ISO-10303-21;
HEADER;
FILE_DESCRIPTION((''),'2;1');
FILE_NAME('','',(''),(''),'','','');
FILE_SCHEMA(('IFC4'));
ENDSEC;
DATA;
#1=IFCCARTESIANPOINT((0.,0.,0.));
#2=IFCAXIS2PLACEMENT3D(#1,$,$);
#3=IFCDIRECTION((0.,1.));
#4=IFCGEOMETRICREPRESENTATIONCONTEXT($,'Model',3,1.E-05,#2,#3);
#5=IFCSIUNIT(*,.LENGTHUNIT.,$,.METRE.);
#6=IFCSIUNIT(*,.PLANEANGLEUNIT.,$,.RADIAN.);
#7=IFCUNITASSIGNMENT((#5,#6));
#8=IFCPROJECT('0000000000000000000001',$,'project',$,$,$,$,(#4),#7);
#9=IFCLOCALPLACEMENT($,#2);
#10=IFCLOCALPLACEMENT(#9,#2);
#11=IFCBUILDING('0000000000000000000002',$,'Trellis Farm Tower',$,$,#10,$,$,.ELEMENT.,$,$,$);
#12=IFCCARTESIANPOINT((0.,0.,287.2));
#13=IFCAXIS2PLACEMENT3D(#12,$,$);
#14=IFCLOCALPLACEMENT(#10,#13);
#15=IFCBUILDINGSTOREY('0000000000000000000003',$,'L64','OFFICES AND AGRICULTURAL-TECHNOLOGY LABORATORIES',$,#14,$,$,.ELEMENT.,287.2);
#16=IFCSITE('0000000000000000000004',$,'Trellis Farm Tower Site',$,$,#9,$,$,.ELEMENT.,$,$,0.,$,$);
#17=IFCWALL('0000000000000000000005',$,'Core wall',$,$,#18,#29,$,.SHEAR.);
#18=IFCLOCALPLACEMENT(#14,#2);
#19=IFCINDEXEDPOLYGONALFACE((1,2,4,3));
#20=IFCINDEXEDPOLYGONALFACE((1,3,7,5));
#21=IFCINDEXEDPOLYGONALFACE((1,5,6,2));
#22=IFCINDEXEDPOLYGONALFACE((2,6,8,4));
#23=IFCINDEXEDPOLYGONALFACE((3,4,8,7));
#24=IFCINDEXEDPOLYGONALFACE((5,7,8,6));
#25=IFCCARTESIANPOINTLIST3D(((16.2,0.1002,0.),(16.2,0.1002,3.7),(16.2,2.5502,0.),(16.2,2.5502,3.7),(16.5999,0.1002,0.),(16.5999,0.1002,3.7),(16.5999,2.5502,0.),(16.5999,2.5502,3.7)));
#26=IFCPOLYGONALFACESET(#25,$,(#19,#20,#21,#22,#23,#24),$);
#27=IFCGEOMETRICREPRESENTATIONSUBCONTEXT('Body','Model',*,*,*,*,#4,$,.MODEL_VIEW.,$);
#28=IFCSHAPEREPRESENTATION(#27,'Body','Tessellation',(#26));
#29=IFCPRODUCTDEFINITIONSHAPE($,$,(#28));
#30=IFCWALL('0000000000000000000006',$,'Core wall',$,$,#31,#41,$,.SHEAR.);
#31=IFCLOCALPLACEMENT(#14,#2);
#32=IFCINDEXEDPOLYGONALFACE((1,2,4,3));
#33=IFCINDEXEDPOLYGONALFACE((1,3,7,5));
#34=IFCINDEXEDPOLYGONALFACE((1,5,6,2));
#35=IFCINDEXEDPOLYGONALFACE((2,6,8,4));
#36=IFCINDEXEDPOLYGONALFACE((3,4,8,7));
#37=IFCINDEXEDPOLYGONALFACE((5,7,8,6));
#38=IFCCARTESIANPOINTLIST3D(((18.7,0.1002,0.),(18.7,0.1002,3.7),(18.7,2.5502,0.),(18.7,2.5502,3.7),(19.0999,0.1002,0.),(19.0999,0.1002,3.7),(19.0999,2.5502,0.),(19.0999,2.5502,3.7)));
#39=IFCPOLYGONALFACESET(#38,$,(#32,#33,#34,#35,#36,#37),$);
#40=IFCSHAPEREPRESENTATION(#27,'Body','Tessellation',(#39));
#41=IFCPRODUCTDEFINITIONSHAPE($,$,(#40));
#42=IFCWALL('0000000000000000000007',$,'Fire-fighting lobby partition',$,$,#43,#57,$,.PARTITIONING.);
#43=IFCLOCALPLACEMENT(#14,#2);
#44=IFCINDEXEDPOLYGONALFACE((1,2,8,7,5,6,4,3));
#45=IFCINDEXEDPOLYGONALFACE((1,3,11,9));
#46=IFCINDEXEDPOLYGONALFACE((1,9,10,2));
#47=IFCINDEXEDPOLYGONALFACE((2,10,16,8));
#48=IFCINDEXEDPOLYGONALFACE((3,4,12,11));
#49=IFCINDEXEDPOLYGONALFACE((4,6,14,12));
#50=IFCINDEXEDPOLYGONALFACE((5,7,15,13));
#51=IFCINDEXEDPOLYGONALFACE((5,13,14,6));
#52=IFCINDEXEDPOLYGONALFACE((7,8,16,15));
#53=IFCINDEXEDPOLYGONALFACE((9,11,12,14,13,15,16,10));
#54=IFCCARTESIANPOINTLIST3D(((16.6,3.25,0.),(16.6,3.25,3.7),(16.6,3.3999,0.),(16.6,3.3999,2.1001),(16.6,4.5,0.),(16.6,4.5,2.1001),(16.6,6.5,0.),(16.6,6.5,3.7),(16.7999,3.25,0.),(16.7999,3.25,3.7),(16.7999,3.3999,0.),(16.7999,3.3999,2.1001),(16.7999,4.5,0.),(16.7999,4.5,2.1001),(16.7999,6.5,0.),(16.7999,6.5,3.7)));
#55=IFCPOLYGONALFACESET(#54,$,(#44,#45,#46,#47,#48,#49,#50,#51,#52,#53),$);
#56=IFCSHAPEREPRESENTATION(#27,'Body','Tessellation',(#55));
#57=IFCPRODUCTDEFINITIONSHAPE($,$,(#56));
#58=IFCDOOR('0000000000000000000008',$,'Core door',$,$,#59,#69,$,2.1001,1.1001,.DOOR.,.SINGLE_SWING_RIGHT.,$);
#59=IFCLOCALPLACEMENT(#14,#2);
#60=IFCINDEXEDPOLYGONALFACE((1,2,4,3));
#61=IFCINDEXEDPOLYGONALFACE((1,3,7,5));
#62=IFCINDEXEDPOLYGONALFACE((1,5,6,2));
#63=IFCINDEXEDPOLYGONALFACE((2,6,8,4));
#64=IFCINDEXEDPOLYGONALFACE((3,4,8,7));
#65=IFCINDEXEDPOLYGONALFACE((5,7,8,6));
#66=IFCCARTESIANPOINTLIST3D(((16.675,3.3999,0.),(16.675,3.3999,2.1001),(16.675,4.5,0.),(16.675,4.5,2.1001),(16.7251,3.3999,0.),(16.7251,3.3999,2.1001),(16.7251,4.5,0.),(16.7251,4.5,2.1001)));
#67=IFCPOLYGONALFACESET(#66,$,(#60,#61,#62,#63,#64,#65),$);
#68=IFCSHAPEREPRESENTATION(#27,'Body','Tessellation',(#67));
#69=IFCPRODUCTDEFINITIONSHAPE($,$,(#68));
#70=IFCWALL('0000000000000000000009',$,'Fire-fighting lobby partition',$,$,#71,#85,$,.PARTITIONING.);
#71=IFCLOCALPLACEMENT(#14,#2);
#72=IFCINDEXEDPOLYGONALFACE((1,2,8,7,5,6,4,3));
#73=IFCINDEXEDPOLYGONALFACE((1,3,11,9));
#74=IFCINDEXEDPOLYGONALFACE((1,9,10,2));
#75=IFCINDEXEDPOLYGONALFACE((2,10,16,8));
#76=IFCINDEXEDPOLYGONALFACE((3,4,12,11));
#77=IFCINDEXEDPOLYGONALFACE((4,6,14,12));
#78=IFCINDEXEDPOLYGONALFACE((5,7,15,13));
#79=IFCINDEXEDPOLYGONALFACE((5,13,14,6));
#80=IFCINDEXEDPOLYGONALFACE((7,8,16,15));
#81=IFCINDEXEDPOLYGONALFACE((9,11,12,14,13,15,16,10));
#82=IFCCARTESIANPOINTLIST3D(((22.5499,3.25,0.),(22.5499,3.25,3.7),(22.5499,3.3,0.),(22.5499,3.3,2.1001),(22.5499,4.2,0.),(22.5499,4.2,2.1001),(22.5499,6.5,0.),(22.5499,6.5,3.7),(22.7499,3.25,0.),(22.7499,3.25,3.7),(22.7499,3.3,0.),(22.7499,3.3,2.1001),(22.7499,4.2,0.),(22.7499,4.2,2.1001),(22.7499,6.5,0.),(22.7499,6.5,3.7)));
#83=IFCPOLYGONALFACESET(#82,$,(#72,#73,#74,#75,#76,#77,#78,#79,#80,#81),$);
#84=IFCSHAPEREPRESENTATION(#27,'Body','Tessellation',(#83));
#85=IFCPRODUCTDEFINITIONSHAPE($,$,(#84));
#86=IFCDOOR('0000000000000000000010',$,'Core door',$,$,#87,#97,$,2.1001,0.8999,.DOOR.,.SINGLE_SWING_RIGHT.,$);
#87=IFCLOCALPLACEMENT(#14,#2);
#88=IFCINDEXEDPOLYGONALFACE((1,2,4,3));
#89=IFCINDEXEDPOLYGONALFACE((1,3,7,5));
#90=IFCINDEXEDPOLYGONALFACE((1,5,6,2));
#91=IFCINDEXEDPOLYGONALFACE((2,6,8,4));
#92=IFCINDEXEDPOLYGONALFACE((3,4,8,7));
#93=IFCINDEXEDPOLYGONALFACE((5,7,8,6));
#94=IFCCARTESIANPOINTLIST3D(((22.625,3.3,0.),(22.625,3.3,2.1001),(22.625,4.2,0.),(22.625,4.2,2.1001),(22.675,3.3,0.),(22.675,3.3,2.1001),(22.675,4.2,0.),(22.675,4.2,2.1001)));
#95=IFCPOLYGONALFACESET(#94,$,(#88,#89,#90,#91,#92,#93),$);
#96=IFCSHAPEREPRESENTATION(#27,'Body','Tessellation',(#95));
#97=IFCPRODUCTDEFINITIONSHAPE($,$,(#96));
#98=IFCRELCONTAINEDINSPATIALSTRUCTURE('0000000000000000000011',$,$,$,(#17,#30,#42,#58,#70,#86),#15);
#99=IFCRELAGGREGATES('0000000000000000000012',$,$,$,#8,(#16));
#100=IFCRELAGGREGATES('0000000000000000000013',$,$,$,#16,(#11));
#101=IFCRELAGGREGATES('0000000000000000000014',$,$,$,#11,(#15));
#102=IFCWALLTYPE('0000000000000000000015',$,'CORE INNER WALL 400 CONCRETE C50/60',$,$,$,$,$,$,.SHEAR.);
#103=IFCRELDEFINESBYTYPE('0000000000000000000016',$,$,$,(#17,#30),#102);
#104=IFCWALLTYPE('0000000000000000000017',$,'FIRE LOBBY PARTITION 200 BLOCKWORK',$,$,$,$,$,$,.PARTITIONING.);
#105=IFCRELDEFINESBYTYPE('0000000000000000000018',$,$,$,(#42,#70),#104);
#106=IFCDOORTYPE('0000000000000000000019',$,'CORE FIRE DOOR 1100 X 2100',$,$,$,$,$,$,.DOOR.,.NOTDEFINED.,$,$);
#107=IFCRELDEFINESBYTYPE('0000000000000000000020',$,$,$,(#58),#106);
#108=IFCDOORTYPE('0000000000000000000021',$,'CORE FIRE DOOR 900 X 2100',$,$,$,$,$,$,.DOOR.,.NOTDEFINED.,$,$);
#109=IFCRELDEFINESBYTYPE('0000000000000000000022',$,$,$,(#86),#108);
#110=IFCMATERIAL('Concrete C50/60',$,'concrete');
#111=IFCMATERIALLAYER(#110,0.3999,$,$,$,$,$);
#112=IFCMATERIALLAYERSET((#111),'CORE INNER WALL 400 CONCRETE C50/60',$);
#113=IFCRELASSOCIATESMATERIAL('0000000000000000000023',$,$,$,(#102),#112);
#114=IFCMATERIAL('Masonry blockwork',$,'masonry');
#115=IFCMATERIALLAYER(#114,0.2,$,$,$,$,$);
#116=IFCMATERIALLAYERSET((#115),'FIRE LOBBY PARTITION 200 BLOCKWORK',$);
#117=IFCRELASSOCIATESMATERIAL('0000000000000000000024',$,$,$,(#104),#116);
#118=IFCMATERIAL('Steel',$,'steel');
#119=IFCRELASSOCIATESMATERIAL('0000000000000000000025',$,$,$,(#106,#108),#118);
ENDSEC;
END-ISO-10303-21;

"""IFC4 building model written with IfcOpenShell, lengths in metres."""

from ifc_helpers import new_model, si_unit, direction, frame, frame_2d, origin, place, context, subcontext, project, spatial, rectangle, extrude, source, transform, mapped, material, layer, layer_set, type_object, element, fill, save


model = new_model("IFC4")

# Units and contexts
model_context = context("Model", 3, precision=1e-05, world=origin(), true_north=direction((0.0, 1.0)))
body_context = subcontext(model_context, "Body", "Model", "MODEL_VIEW")
ifc_project = project(units=[si_unit("LENGTHUNIT", "METRE"), si_unit("PLANEANGLEUNIT", "RADIAN")], contexts=[model_context])

# Site, building, storey
site_placement = place(None, origin())
site = spatial("IfcSite", under=ifc_project, at=site_placement, Name="Trellis Farm Tower Site", CompositionType="ELEMENT", RefElevation=0.0)
building_placement = place(site_placement, origin())
building = spatial("IfcBuilding", under=site, at=building_placement, Name="Trellis Farm Tower", CompositionType="ELEMENT")
storey_placement = place(building_placement, frame((0.0, 0.0, 287.2)))
storey = spatial("IfcBuildingStorey", under=building, at=storey_placement, Name="L64", Description="OFFICES AND AGRICULTURAL-TECHNOLOGY LABORATORIES", CompositionType="ELEMENT", Elevation=287.2)

# Walls
ifc_material_1 = material(Name="Concrete C50/60", Category="concrete")
ifc_layer_1 = layer(ifc_material_1, 0.3999)
ifc_layer_set_1 = layer_set([ifc_layer_1], Name="CORE INNER WALL 400 CONCRETE C50/60")
wall_type_1 = type_object("IfcWallType", Name="CORE INNER WALL 400 CONCRETE C50/60", PredefinedType="SHEAR", material=ifc_layer_set_1)
shared_shape_1 = source(origin(), body_context, "Body", "SweptSolid", [
    extrude(rectangle(XDim=2.45, YDim=0.3999, at=frame_2d((1.2251, 0.0))), origin(), (0.0, 0.0, 1.0), 3.7),
])
for number, where, z_axis, x_axis, name in (
    (1, (16.3999, 0.1001, 0.0), (0.0, 0.0, 1.0), (0.0, 1.0, 0.0), "Core wall"),
    (2, (18.8999, 0.1001, 0.0), (0.0, 0.0, 1.0), (0.0, 1.0, 0.0), "Core wall"),
):
    element("IfcWall", number, at=place(storey_placement, frame(where, z_axis=z_axis, x_axis=x_axis)), inside=storey, type_object=wall_type_1, Name=name, PredefinedType="SHEAR", context=body_context, shape_type="MappedRepresentation", body=[
        mapped(shared_shape_1, transform((0.0, 0.0, 0.0))),
    ])

# Walls, openings, doors
ifc_material_2 = material(Name="Masonry blockwork", Category="masonry")
ifc_layer_2 = layer(ifc_material_2, 0.2)
ifc_layer_set_2 = layer_set([ifc_layer_2], Name="FIRE LOBBY PARTITION 200 BLOCKWORK")
wall_type_2 = type_object("IfcWallType", Name="FIRE LOBBY PARTITION 200 BLOCKWORK", PredefinedType="PARTITIONING", material=ifc_layer_set_2)
shared_shape_2 = source(origin(), body_context, "Body", "SweptSolid", [
    extrude(rectangle(XDim=3.25, YDim=0.2, at=frame_2d((1.625, 0.0))), origin(), (0.0, 0.0, 1.0), 3.7),
])
wall_1_placement = place(storey_placement, frame((16.7, 3.25, 0.0), z_axis=(0.0, 0.0, 1.0), x_axis=(0.0, 1.0, 0.0)))
wall_1 = element("IfcWall", 3, at=wall_1_placement, inside=storey, type_object=wall_type_2, Name="Fire-fighting lobby partition", PredefinedType="PARTITIONING", context=body_context, shape_type="MappedRepresentation", body=[
    mapped(shared_shape_2, transform((0.0, 0.0, 0.0))),
])
shared_shape_3 = source(origin(), body_context, "Body", "SweptSolid", [
    extrude(rectangle(XDim=1.1001, YDim=2.1001, at=frame_2d((0.55, 1.05))), frame((0.0, 0.1101, 0.0), z_axis=(0.0, -1.0, 0.0), x_axis=(1.0, 0.0, 0.0)), (0.0, 0.0, 1.0), 0.2202),
])
opening_1_placement = place(wall_1_placement, frame((0.1499, 0.0, 0.0)))
opening_1 = element("IfcOpeningElement", 4, at=opening_1_placement, cuts=wall_1, PredefinedType="OPENING", context=body_context, shape_type="MappedRepresentation", body=[
    mapped(shared_shape_3, transform((0.0, 0.0, 0.0))),
])
ifc_material_3 = material(Name="Steel", Category="steel")
door_type_1 = type_object("IfcDoorType", Name="CORE FIRE DOOR 1100 X 2100", OperationType="NOTDEFINED", PredefinedType="DOOR", material=ifc_material_3)
shared_shape_4 = source(origin(), body_context, "Body", "SweptSolid", [
    extrude(rectangle(XDim=1.1001, YDim=2.1001, at=frame_2d((0.55, 1.05))), frame((0.0, 0.0249, 0.0), z_axis=(0.0, -1.0, 0.0), x_axis=(1.0, 0.0, 0.0)), (0.0, 0.0, 1.0), 0.05),
])
door_1_placement = place(opening_1_placement, origin())
door_1 = element("IfcDoor", 5, at=door_1_placement, inside=storey, type_object=door_type_1, Name="Core door", OperationType="SINGLE_SWING_RIGHT", OverallHeight=2.1001, OverallWidth=1.1001, PredefinedType="DOOR", context=body_context, shape_type="MappedRepresentation", body=[
    mapped(shared_shape_4, transform((0.0, 0.0, 0.0))),
])
fill(opening_1, door_1)
wall_2_placement = place(storey_placement, frame((22.6499, 3.25, 0.0), z_axis=(0.0, 0.0, 1.0), x_axis=(0.0, 1.0, 0.0)))
wall_2 = element("IfcWall", 6, at=wall_2_placement, inside=storey, type_object=wall_type_2, Name="Fire-fighting lobby partition", PredefinedType="PARTITIONING", context=body_context, shape_type="MappedRepresentation", body=[
    mapped(shared_shape_2, transform((0.0, 0.0, 0.0))),
])
shared_shape_5 = source(origin(), body_context, "Body", "SweptSolid", [
    extrude(rectangle(XDim=0.8999, YDim=2.1001, at=frame_2d((0.45, 1.05))), frame((0.0, 0.1101, 0.0), z_axis=(0.0, -1.0, 0.0), x_axis=(1.0, 0.0, 0.0)), (0.0, 0.0, 1.0), 0.2202),
])
opening_2_placement = place(wall_2_placement, frame((0.05, 0.0, 0.0)))
opening_2 = element("IfcOpeningElement", 7, at=opening_2_placement, cuts=wall_2, PredefinedType="OPENING", context=body_context, shape_type="MappedRepresentation", body=[
    mapped(shared_shape_5, transform((0.0, 0.0, 0.0))),
])
door_type_2 = type_object("IfcDoorType", Name="CORE FIRE DOOR 900 X 2100", OperationType="NOTDEFINED", PredefinedType="DOOR", material=ifc_material_3)
shared_shape_6 = source(origin(), body_context, "Body", "SweptSolid", [
    extrude(rectangle(XDim=0.8999, YDim=2.1001, at=frame_2d((0.45, 1.05))), frame((0.0, 0.0249, 0.0), z_axis=(0.0, -1.0, 0.0), x_axis=(1.0, 0.0, 0.0)), (0.0, 0.0, 1.0), 0.05),
])
door_2_placement = place(opening_2_placement, origin())
door_2 = element("IfcDoor", 8, at=door_2_placement, inside=storey, type_object=door_type_2, Name="Core door", OperationType="SINGLE_SWING_RIGHT", OverallHeight=2.1001, OverallWidth=0.8999, PredefinedType="DOOR", context=body_context, shape_type="MappedRepresentation", body=[
    mapped(shared_shape_6, transform((0.0, 0.0, 0.0))),
])
fill(opening_2, door_2)

save(model, "model.ifc")
